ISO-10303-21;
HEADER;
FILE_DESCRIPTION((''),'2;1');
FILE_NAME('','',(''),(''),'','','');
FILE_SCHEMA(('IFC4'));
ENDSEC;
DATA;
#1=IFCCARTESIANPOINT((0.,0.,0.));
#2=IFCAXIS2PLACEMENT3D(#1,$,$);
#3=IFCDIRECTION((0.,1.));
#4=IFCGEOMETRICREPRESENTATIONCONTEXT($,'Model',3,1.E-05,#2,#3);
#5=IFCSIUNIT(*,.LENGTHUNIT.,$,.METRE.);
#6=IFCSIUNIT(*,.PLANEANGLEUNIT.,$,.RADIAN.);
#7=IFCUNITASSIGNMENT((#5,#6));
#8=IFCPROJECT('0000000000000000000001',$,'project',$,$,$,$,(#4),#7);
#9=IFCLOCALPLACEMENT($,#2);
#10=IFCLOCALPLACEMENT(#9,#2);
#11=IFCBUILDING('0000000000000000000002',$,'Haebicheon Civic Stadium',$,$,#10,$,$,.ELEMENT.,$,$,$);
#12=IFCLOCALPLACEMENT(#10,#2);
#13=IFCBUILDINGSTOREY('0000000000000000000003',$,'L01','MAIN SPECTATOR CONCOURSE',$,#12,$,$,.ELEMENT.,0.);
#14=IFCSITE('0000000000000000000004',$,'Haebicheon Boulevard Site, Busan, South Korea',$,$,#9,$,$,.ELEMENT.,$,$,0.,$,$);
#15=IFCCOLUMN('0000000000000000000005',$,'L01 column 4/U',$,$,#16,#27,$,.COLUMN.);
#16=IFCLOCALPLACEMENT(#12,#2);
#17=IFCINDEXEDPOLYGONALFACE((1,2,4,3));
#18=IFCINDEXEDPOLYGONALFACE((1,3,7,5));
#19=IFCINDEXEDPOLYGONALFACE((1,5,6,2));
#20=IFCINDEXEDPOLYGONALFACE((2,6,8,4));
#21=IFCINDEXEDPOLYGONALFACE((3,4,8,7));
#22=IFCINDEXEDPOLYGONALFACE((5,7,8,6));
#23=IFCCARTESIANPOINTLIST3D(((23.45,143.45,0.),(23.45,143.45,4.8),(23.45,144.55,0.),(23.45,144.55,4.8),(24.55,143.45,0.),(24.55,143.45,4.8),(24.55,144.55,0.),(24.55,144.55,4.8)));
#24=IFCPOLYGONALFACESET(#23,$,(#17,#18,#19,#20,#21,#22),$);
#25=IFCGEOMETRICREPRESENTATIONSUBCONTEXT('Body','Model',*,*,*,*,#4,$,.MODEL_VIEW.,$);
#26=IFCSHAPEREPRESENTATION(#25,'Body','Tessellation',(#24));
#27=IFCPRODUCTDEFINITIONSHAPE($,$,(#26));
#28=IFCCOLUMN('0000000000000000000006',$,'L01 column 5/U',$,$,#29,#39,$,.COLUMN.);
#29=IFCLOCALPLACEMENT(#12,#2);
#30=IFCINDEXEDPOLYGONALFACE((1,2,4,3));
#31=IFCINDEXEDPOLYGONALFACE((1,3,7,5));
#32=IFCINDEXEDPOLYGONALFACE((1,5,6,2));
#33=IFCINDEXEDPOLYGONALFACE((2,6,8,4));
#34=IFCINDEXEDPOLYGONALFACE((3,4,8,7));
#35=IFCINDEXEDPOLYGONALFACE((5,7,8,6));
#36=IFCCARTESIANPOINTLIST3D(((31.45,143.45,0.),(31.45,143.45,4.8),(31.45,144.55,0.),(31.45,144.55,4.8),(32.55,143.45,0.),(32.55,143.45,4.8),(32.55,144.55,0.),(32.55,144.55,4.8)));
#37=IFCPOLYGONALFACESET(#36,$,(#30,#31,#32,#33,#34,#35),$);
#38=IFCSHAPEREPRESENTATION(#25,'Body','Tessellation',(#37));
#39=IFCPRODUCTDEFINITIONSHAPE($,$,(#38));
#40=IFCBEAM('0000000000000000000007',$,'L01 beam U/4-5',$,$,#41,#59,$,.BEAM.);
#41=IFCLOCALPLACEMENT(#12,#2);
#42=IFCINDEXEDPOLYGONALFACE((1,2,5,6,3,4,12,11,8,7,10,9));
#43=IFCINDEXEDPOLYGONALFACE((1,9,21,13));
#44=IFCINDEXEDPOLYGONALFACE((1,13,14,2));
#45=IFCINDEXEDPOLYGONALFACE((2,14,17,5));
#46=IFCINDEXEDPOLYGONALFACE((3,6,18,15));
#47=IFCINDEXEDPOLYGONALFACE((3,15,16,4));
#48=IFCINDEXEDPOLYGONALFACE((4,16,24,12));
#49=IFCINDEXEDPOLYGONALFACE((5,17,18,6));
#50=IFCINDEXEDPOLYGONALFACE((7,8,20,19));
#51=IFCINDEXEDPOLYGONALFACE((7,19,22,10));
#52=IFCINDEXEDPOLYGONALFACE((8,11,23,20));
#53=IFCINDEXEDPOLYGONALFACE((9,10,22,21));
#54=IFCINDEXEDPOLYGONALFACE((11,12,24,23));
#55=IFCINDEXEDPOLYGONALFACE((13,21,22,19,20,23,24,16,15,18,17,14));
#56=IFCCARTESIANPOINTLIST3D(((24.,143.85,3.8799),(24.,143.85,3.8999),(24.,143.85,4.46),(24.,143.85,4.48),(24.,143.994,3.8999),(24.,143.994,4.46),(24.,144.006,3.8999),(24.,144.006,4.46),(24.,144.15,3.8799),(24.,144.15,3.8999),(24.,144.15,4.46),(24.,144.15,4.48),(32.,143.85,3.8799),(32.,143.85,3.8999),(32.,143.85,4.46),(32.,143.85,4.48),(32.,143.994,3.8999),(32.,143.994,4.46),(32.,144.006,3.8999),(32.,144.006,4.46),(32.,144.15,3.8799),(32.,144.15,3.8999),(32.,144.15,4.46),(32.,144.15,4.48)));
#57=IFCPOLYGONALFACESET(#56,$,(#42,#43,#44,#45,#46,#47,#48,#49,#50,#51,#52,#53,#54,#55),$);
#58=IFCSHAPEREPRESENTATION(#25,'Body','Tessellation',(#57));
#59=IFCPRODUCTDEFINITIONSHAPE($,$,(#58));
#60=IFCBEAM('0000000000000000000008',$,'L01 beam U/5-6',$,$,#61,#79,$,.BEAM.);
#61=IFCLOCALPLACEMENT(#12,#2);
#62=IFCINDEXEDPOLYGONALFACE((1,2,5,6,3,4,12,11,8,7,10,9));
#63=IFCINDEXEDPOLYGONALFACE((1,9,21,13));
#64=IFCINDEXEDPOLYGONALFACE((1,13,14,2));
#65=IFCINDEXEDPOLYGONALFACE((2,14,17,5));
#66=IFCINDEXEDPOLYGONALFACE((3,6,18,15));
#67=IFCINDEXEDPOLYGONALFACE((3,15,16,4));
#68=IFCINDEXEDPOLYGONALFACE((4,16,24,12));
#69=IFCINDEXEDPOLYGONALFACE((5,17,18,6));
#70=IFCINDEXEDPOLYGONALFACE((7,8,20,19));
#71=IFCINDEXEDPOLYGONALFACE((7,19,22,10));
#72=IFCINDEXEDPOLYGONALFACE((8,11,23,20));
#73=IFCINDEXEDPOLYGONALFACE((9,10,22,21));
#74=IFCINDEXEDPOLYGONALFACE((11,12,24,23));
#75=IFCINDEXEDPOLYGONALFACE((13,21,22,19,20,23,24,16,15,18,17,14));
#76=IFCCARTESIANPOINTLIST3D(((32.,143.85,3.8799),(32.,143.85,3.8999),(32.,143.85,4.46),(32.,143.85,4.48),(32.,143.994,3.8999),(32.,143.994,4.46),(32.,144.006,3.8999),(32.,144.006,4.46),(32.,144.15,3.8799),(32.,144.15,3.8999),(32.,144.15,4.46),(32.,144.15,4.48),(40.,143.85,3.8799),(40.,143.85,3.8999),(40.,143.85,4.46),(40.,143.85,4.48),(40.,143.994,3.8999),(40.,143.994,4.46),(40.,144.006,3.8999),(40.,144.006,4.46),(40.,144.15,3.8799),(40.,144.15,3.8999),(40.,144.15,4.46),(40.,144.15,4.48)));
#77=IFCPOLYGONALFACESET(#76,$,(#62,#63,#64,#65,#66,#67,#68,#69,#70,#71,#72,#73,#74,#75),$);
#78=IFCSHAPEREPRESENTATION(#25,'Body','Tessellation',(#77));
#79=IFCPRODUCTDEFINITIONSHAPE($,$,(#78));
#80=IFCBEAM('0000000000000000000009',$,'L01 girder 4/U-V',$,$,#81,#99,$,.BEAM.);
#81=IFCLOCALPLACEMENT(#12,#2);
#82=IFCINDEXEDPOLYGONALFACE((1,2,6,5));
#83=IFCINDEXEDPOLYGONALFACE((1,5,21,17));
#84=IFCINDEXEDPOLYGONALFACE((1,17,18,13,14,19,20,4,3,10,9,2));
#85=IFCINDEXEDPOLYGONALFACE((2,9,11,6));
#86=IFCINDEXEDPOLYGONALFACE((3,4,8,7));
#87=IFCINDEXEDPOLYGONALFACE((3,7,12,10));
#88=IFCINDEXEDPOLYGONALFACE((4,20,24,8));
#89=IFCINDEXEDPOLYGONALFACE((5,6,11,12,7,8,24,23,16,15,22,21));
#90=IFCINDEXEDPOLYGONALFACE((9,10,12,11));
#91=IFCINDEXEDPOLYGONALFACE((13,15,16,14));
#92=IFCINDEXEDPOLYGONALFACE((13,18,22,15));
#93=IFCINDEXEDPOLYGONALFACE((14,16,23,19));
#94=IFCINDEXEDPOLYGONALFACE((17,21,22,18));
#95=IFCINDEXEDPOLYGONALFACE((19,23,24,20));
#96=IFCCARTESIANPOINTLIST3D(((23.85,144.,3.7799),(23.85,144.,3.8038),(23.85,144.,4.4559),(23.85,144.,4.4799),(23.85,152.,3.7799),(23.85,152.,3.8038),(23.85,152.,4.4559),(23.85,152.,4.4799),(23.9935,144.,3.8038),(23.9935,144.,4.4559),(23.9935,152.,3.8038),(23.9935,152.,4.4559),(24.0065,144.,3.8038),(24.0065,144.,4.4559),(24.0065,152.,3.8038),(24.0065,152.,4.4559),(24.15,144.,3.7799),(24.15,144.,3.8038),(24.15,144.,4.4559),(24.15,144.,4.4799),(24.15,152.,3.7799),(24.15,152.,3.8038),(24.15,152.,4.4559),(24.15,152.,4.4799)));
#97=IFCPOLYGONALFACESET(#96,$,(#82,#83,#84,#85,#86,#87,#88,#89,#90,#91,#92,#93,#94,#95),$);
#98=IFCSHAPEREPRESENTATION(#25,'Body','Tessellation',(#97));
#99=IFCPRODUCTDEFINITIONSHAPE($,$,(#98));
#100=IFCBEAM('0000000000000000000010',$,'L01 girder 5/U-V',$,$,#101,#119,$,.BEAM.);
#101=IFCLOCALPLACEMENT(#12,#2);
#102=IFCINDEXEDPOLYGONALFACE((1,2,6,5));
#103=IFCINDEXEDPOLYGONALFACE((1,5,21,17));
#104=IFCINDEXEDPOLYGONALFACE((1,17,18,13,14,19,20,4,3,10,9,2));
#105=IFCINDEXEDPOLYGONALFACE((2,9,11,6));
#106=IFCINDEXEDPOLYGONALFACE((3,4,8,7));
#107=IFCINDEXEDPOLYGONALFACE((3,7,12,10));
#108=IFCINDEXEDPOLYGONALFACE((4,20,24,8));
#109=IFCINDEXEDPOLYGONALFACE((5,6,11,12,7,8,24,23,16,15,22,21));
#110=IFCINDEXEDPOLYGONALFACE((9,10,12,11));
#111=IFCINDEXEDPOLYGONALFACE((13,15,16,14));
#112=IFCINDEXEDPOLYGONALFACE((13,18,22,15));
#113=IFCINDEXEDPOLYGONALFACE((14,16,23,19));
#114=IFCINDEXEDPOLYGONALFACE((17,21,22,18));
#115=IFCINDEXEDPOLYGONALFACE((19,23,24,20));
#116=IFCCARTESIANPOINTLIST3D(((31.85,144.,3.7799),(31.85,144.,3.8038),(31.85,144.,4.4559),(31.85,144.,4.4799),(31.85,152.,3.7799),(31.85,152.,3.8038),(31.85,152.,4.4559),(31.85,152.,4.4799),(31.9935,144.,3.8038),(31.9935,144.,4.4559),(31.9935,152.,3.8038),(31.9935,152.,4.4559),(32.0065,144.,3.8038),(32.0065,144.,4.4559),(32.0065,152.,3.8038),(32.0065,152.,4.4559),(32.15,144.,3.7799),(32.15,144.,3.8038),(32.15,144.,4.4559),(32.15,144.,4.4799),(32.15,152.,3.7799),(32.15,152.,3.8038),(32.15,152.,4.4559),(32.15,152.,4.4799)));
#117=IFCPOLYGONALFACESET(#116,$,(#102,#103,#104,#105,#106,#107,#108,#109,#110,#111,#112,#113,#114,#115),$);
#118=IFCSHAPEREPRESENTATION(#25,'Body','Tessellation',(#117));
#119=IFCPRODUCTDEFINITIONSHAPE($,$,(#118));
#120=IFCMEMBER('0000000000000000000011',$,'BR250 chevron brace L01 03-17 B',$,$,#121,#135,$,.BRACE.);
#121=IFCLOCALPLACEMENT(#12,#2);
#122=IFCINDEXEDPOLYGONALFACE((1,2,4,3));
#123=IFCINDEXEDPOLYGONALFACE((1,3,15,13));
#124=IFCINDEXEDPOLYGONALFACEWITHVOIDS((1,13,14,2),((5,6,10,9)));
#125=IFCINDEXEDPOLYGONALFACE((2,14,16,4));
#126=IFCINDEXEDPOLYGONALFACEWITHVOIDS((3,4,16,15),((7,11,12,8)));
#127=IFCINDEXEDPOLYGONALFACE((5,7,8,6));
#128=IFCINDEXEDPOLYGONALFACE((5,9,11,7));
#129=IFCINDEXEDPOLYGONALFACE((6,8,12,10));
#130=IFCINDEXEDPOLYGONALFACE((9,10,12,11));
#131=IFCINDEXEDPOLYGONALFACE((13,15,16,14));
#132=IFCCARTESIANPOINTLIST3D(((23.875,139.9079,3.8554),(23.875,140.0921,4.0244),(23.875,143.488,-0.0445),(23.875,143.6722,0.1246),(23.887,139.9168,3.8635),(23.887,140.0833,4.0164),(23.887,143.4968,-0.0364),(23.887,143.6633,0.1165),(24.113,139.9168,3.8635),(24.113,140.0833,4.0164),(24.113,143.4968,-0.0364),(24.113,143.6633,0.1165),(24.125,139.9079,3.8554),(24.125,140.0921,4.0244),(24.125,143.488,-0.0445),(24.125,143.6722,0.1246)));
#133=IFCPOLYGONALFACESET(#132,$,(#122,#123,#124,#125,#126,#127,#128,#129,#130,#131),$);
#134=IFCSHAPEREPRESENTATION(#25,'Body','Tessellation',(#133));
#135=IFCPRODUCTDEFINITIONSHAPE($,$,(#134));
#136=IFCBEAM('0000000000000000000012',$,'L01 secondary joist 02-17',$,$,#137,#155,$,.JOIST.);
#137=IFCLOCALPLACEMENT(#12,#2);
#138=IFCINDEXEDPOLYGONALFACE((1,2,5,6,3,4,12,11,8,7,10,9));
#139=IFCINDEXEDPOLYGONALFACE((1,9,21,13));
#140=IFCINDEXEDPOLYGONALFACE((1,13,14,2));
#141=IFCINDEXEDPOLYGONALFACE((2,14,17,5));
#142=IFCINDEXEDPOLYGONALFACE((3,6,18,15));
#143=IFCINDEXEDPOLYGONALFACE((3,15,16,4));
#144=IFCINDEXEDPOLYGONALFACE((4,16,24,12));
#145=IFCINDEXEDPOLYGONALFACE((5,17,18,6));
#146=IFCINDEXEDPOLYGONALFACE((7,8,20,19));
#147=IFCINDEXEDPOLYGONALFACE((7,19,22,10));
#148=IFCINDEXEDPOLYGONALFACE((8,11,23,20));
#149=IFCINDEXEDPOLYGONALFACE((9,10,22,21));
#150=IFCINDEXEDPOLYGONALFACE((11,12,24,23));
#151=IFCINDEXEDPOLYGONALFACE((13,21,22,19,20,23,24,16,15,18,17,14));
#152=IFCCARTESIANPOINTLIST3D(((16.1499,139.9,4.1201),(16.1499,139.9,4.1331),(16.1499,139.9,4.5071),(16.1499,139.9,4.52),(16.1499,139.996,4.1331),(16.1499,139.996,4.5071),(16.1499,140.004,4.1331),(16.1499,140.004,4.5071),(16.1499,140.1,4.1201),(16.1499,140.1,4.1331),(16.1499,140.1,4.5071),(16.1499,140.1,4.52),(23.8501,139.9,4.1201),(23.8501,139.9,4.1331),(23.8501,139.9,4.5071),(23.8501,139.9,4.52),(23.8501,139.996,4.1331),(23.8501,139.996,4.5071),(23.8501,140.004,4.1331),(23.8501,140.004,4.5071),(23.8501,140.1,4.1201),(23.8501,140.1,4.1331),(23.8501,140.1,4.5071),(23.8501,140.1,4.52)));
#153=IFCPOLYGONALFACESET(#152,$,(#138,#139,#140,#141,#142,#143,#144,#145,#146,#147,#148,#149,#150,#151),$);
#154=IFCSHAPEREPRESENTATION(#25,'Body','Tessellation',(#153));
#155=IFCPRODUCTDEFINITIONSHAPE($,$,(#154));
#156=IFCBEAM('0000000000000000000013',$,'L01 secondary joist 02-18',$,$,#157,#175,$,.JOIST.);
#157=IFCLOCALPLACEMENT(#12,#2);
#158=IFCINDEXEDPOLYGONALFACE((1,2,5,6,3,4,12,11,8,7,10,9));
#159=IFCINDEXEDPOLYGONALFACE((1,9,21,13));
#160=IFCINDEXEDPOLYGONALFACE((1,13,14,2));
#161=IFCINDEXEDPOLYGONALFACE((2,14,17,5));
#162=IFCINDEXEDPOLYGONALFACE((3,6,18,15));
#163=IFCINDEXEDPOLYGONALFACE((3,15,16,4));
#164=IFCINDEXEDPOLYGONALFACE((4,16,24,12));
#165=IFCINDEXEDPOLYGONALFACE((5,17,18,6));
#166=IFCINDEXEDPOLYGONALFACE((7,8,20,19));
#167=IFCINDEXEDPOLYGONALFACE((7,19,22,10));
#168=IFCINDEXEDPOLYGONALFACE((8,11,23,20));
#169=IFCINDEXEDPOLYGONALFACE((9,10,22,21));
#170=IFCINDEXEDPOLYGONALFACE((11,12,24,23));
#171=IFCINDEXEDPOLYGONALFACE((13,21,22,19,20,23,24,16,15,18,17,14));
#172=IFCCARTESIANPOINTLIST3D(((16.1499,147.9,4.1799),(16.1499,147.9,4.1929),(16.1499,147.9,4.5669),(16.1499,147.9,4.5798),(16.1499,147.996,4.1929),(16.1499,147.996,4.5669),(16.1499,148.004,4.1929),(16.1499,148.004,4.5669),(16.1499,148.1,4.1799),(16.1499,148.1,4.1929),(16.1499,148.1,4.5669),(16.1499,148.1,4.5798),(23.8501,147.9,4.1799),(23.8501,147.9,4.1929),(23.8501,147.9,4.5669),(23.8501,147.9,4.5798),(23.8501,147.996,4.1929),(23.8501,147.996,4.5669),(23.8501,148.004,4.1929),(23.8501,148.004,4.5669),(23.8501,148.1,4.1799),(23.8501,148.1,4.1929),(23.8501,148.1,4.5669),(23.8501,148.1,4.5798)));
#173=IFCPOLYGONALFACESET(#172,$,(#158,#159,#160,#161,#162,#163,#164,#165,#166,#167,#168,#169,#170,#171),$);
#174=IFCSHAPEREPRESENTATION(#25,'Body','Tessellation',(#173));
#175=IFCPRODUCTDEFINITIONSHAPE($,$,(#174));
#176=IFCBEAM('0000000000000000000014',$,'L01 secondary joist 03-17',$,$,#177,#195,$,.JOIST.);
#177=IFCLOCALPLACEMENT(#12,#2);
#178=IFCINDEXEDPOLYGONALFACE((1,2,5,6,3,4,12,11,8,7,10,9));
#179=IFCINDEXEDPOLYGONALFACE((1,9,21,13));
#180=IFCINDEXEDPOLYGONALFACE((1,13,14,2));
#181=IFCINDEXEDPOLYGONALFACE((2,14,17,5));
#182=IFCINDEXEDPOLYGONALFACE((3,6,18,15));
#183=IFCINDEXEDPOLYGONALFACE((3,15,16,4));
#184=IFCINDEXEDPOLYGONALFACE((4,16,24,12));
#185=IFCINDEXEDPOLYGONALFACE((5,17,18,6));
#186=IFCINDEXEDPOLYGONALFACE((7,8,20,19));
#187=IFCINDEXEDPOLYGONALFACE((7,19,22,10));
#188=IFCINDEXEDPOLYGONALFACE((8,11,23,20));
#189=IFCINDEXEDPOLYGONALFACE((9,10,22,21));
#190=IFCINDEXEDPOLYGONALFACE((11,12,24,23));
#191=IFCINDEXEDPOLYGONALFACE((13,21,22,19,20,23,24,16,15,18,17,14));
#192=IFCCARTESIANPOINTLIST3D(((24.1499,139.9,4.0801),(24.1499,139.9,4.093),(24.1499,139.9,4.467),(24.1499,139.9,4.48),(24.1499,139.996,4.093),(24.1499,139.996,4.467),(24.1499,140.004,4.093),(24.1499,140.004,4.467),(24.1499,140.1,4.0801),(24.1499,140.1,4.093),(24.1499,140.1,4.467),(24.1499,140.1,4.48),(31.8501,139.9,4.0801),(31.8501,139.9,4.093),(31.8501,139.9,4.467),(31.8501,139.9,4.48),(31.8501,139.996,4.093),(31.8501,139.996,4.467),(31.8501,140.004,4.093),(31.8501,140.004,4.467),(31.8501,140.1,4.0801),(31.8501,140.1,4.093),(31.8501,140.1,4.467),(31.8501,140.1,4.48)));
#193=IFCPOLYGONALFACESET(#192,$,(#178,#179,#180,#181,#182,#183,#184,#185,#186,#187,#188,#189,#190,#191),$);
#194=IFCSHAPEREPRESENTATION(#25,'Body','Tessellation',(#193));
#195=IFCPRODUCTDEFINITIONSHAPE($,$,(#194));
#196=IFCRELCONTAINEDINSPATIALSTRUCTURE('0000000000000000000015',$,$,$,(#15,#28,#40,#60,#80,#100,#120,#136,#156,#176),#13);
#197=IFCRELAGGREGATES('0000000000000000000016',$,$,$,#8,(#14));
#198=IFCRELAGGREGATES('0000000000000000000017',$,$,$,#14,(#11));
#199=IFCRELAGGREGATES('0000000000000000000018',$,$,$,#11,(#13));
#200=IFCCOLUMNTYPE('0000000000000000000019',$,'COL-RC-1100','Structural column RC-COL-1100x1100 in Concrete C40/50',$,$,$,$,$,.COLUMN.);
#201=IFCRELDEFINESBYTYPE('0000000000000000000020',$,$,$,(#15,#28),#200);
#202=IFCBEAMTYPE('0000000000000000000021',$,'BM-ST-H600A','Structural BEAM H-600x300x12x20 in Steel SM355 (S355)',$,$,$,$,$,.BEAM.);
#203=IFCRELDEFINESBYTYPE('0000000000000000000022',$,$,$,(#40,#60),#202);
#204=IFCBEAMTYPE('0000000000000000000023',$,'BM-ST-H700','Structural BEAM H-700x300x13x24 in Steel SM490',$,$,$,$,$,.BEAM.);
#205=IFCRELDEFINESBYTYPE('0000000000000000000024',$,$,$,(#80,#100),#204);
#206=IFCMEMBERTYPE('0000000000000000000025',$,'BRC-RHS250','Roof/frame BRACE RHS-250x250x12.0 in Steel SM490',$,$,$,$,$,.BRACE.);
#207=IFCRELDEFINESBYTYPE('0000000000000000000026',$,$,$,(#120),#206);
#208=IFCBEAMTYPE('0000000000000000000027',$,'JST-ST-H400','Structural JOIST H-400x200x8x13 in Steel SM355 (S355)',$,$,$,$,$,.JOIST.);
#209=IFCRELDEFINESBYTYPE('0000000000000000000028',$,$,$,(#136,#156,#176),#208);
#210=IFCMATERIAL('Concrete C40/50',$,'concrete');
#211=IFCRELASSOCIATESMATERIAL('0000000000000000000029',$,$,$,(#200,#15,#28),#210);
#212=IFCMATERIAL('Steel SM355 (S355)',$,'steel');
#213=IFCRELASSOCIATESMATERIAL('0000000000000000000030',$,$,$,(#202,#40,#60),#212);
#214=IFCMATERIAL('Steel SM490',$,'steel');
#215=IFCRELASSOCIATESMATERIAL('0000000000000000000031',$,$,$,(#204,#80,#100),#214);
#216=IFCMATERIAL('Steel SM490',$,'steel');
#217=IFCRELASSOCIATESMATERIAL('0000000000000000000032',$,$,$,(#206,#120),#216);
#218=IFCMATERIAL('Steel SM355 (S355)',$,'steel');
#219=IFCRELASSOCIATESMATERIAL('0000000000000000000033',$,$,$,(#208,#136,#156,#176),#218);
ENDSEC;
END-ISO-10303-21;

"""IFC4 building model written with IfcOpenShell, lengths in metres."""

from ifc_helpers import new_model, si_unit, direction, frame, origin, origin_2d, place, context, subcontext, project, spatial, rectangle, hollow_rectangle, i_section, extrude, material, material_profile, profile_set, type_object, element, save


model = new_model("IFC4")

# Units and contexts
model_context = context("Model", 3, precision=1e-05, world=origin(), true_north=direction((0.0, 1.0)))
body_context = subcontext(model_context, "Body", "Model", "MODEL_VIEW")
ifc_project = project(units=[si_unit("LENGTHUNIT", "METRE"), si_unit("PLANEANGLEUNIT", "RADIAN")], contexts=[model_context])

# Site, building, storey
site_placement = place(None, origin())
site = spatial("IfcSite", under=ifc_project, at=site_placement, Name="Haebicheon Boulevard Site, Busan, South Korea", CompositionType="ELEMENT", RefElevation=0.0)
building_placement = place(site_placement, origin())
building = spatial("IfcBuilding", under=site, at=building_placement, Name="Haebicheon Civic Stadium", CompositionType="ELEMENT")
storey_placement = place(building_placement, origin())
storey = spatial("IfcBuildingStorey", under=building, at=storey_placement, Name="L01", Description="MAIN SPECTATOR CONCOURSE", CompositionType="ELEMENT", Elevation=0.0)

# Columns
ifc_material_1 = material(Name="Concrete C40/50", Category="concrete")
ifc_material_profile_1 = material_profile(ifc_material_1, rectangle(XDim=1.1001, YDim=1.1001, at=origin_2d()), Name="RC-COL-1100x1100")
ifc_profile_set_1 = profile_set([ifc_material_profile_1], Name="Concrete C40/50")
column_type = type_object("IfcColumnType", Name="COL-RC-1100", Description="Structural column RC-COL-1100x1100 in Concrete C40/50", PredefinedType="COLUMN", material=ifc_profile_set_1)
for number, where, z_axis, x_axis, name in (
    (1, (24.0, 144.0, 0.0), (0.0, 0.0, 1.0), (1.0, 0.0, 0.0), "L01 column 4/U"),
    (2, (32.0, 144.0, 0.0), (0.0, 0.0, 1.0), (1.0, 0.0, 0.0), "L01 column 5/U"),
):
    element("IfcColumn", number, at=place(storey_placement, frame(where, z_axis=z_axis, x_axis=x_axis)), inside=storey, type_object=column_type, material=ifc_profile_set_1, Name=name, PredefinedType="COLUMN", context=body_context, shape_type="SweptSolid", body=[
        extrude(rectangle(XDim=1.1001, YDim=1.1001, at=origin_2d()), origin(), (0.0, 0.0, 1.0), 4.8),
    ])

# Beams
ifc_material_2 = material(Name="Steel SM355 (S355)", Category="steel")
ifc_material_profile_2 = material_profile(ifc_material_2, i_section(OverallWidth=0.3, OverallDepth=0.6001, WebThickness=0.012, FlangeThickness=0.02, at=origin_2d()), Name="H-600x300x12x20")
ifc_profile_set_2 = profile_set([ifc_material_profile_2], Name="Steel SM355 (S355)")
beam_type_1 = type_object("IfcBeamType", Name="BM-ST-H600A", Description="Structural BEAM H-600x300x12x20 in Steel SM355 (S355)", PredefinedType="BEAM", material=ifc_profile_set_2)
for number, where, z_axis, x_axis, name in (
    (3, (24.0, 144.0, 4.1799), (1.0, 0.0, 0.0), (0.0, 1.0, 0.0), "L01 beam U/4-5"),
    (4, (32.0, 144.0, 4.1799), (1.0, 0.0, 0.0), (0.0, 1.0, 0.0), "L01 beam U/5-6"),
):
    element("IfcBeam", number, at=place(storey_placement, frame(where, z_axis=z_axis, x_axis=x_axis)), inside=storey, type_object=beam_type_1, material=ifc_profile_set_2, Name=name, PredefinedType="BEAM", context=body_context, shape_type="SweptSolid", body=[
        extrude(i_section(OverallWidth=0.3, OverallDepth=0.6001, WebThickness=0.012, FlangeThickness=0.02, at=origin_2d()), origin(), (0.0, 0.0, 1.0), 8.0),
    ])
ifc_material_3 = material(Name="Steel SM490", Category="steel")
ifc_material_profile_3 = material_profile(ifc_material_3, i_section(OverallWidth=0.3, OverallDepth=0.7, WebThickness=0.0129, FlangeThickness=0.0239, at=origin_2d()), Name="H-700x300x13x24")
ifc_profile_set_3 = profile_set([ifc_material_profile_3], Name="Steel SM490")
beam_type_2 = type_object("IfcBeamType", Name="BM-ST-H700", Description="Structural BEAM H-700x300x13x24 in Steel SM490", PredefinedType="BEAM", material=ifc_profile_set_3)
for number, where, z_axis, x_axis, name in (
    (5, (24.0, 144.0, 4.1299), (0.0, 1.0, 0.0), (-1.0, 0.0, 0.0), "L01 girder 4/U-V"),
    (6, (32.0, 144.0, 4.1299), (0.0, 1.0, 0.0), (-1.0, 0.0, 0.0), "L01 girder 5/U-V"),
):
    element("IfcBeam", number, at=place(storey_placement, frame(where, z_axis=z_axis, x_axis=x_axis)), inside=storey, type_object=beam_type_2, material=ifc_profile_set_3, Name=name, PredefinedType="BEAM", context=body_context, shape_type="SweptSolid", body=[
        extrude(i_section(OverallWidth=0.3, OverallDepth=0.7, WebThickness=0.0129, FlangeThickness=0.0239, at=origin_2d()), origin(), (0.0, 0.0, 1.0), 8.0),
    ])

# Member
ifc_material_4 = material(Name="Steel SM490", Category="steel")
ifc_material_profile_4 = material_profile(ifc_material_4, hollow_rectangle(XDim=0.25, YDim=0.25, WallThickness=0.012, at=origin_2d()), Name="RHS-250x250x12.0")
ifc_profile_set_4 = profile_set([ifc_material_profile_4], Name="Steel SM490")
member_type = type_object("IfcMemberType", Name="BRC-RHS250", Description="Roof/frame BRACE RHS-250x250x12.0 in Steel SM490", PredefinedType="BRACE", material=ifc_profile_set_4)
member_placement = place(storey_placement, frame((24.0, 143.5801, 0.04), z_axis=(0.0, -0.676255, 0.736668), x_axis=(1.0, 0.0, 0.0)))
element("IfcMember", 7, at=member_placement, inside=storey, type_object=member_type, material=ifc_profile_set_4, Name="BR250 chevron brace L01 03-17 B", PredefinedType="BRACE", context=body_context, shape_type="SweptSolid", body=[
    extrude(hollow_rectangle(XDim=0.25, YDim=0.25, WallThickness=0.012, at=origin_2d()), origin(), (0.0, 0.0, 1.0), 5.2939),
])

# Beams
ifc_material_5 = material(Name="Steel SM355 (S355)", Category="steel")
ifc_material_profile_5 = material_profile(ifc_material_5, i_section(OverallWidth=0.2, OverallDepth=0.3999, WebThickness=0.0081, FlangeThickness=0.0129, at=origin_2d()), Name="H-400x200x8x13")
ifc_profile_set_5 = profile_set([ifc_material_profile_5], Name="Steel SM355 (S355)")
beam_type_3 = type_object("IfcBeamType", Name="JST-ST-H400", Description="Structural JOIST H-400x200x8x13 in Steel SM355 (S355)", PredefinedType="JOIST", material=ifc_profile_set_5)
for number, where, z_axis, x_axis, name in (
    (8, (16.1499, 140.0, 4.3201), (1.0, 0.0, 0.0), (0.0, 1.0, 0.0), "L01 secondary joist 02-17"),
    (9, (16.1499, 148.0, 4.3799), (1.0, 0.0, 0.0), (0.0, 1.0, 0.0), "L01 secondary joist 02-18"),
    (10, (24.1499, 140.0, 4.28), (1.0, 0.0, 0.0), (0.0, 1.0, 0.0), "L01 secondary joist 03-17"),
):
    element("IfcBeam", number, at=place(storey_placement, frame(where, z_axis=z_axis, x_axis=x_axis)), inside=storey, type_object=beam_type_3, material=ifc_profile_set_5, Name=name, PredefinedType="JOIST", context=body_context, shape_type="SweptSolid", body=[
        extrude(i_section(OverallWidth=0.2, OverallDepth=0.3999, WebThickness=0.0081, FlangeThickness=0.0129, at=origin_2d()), origin(), (0.0, 0.0, 1.0), 7.7002),
    ])

save(model, "model.ifc")
